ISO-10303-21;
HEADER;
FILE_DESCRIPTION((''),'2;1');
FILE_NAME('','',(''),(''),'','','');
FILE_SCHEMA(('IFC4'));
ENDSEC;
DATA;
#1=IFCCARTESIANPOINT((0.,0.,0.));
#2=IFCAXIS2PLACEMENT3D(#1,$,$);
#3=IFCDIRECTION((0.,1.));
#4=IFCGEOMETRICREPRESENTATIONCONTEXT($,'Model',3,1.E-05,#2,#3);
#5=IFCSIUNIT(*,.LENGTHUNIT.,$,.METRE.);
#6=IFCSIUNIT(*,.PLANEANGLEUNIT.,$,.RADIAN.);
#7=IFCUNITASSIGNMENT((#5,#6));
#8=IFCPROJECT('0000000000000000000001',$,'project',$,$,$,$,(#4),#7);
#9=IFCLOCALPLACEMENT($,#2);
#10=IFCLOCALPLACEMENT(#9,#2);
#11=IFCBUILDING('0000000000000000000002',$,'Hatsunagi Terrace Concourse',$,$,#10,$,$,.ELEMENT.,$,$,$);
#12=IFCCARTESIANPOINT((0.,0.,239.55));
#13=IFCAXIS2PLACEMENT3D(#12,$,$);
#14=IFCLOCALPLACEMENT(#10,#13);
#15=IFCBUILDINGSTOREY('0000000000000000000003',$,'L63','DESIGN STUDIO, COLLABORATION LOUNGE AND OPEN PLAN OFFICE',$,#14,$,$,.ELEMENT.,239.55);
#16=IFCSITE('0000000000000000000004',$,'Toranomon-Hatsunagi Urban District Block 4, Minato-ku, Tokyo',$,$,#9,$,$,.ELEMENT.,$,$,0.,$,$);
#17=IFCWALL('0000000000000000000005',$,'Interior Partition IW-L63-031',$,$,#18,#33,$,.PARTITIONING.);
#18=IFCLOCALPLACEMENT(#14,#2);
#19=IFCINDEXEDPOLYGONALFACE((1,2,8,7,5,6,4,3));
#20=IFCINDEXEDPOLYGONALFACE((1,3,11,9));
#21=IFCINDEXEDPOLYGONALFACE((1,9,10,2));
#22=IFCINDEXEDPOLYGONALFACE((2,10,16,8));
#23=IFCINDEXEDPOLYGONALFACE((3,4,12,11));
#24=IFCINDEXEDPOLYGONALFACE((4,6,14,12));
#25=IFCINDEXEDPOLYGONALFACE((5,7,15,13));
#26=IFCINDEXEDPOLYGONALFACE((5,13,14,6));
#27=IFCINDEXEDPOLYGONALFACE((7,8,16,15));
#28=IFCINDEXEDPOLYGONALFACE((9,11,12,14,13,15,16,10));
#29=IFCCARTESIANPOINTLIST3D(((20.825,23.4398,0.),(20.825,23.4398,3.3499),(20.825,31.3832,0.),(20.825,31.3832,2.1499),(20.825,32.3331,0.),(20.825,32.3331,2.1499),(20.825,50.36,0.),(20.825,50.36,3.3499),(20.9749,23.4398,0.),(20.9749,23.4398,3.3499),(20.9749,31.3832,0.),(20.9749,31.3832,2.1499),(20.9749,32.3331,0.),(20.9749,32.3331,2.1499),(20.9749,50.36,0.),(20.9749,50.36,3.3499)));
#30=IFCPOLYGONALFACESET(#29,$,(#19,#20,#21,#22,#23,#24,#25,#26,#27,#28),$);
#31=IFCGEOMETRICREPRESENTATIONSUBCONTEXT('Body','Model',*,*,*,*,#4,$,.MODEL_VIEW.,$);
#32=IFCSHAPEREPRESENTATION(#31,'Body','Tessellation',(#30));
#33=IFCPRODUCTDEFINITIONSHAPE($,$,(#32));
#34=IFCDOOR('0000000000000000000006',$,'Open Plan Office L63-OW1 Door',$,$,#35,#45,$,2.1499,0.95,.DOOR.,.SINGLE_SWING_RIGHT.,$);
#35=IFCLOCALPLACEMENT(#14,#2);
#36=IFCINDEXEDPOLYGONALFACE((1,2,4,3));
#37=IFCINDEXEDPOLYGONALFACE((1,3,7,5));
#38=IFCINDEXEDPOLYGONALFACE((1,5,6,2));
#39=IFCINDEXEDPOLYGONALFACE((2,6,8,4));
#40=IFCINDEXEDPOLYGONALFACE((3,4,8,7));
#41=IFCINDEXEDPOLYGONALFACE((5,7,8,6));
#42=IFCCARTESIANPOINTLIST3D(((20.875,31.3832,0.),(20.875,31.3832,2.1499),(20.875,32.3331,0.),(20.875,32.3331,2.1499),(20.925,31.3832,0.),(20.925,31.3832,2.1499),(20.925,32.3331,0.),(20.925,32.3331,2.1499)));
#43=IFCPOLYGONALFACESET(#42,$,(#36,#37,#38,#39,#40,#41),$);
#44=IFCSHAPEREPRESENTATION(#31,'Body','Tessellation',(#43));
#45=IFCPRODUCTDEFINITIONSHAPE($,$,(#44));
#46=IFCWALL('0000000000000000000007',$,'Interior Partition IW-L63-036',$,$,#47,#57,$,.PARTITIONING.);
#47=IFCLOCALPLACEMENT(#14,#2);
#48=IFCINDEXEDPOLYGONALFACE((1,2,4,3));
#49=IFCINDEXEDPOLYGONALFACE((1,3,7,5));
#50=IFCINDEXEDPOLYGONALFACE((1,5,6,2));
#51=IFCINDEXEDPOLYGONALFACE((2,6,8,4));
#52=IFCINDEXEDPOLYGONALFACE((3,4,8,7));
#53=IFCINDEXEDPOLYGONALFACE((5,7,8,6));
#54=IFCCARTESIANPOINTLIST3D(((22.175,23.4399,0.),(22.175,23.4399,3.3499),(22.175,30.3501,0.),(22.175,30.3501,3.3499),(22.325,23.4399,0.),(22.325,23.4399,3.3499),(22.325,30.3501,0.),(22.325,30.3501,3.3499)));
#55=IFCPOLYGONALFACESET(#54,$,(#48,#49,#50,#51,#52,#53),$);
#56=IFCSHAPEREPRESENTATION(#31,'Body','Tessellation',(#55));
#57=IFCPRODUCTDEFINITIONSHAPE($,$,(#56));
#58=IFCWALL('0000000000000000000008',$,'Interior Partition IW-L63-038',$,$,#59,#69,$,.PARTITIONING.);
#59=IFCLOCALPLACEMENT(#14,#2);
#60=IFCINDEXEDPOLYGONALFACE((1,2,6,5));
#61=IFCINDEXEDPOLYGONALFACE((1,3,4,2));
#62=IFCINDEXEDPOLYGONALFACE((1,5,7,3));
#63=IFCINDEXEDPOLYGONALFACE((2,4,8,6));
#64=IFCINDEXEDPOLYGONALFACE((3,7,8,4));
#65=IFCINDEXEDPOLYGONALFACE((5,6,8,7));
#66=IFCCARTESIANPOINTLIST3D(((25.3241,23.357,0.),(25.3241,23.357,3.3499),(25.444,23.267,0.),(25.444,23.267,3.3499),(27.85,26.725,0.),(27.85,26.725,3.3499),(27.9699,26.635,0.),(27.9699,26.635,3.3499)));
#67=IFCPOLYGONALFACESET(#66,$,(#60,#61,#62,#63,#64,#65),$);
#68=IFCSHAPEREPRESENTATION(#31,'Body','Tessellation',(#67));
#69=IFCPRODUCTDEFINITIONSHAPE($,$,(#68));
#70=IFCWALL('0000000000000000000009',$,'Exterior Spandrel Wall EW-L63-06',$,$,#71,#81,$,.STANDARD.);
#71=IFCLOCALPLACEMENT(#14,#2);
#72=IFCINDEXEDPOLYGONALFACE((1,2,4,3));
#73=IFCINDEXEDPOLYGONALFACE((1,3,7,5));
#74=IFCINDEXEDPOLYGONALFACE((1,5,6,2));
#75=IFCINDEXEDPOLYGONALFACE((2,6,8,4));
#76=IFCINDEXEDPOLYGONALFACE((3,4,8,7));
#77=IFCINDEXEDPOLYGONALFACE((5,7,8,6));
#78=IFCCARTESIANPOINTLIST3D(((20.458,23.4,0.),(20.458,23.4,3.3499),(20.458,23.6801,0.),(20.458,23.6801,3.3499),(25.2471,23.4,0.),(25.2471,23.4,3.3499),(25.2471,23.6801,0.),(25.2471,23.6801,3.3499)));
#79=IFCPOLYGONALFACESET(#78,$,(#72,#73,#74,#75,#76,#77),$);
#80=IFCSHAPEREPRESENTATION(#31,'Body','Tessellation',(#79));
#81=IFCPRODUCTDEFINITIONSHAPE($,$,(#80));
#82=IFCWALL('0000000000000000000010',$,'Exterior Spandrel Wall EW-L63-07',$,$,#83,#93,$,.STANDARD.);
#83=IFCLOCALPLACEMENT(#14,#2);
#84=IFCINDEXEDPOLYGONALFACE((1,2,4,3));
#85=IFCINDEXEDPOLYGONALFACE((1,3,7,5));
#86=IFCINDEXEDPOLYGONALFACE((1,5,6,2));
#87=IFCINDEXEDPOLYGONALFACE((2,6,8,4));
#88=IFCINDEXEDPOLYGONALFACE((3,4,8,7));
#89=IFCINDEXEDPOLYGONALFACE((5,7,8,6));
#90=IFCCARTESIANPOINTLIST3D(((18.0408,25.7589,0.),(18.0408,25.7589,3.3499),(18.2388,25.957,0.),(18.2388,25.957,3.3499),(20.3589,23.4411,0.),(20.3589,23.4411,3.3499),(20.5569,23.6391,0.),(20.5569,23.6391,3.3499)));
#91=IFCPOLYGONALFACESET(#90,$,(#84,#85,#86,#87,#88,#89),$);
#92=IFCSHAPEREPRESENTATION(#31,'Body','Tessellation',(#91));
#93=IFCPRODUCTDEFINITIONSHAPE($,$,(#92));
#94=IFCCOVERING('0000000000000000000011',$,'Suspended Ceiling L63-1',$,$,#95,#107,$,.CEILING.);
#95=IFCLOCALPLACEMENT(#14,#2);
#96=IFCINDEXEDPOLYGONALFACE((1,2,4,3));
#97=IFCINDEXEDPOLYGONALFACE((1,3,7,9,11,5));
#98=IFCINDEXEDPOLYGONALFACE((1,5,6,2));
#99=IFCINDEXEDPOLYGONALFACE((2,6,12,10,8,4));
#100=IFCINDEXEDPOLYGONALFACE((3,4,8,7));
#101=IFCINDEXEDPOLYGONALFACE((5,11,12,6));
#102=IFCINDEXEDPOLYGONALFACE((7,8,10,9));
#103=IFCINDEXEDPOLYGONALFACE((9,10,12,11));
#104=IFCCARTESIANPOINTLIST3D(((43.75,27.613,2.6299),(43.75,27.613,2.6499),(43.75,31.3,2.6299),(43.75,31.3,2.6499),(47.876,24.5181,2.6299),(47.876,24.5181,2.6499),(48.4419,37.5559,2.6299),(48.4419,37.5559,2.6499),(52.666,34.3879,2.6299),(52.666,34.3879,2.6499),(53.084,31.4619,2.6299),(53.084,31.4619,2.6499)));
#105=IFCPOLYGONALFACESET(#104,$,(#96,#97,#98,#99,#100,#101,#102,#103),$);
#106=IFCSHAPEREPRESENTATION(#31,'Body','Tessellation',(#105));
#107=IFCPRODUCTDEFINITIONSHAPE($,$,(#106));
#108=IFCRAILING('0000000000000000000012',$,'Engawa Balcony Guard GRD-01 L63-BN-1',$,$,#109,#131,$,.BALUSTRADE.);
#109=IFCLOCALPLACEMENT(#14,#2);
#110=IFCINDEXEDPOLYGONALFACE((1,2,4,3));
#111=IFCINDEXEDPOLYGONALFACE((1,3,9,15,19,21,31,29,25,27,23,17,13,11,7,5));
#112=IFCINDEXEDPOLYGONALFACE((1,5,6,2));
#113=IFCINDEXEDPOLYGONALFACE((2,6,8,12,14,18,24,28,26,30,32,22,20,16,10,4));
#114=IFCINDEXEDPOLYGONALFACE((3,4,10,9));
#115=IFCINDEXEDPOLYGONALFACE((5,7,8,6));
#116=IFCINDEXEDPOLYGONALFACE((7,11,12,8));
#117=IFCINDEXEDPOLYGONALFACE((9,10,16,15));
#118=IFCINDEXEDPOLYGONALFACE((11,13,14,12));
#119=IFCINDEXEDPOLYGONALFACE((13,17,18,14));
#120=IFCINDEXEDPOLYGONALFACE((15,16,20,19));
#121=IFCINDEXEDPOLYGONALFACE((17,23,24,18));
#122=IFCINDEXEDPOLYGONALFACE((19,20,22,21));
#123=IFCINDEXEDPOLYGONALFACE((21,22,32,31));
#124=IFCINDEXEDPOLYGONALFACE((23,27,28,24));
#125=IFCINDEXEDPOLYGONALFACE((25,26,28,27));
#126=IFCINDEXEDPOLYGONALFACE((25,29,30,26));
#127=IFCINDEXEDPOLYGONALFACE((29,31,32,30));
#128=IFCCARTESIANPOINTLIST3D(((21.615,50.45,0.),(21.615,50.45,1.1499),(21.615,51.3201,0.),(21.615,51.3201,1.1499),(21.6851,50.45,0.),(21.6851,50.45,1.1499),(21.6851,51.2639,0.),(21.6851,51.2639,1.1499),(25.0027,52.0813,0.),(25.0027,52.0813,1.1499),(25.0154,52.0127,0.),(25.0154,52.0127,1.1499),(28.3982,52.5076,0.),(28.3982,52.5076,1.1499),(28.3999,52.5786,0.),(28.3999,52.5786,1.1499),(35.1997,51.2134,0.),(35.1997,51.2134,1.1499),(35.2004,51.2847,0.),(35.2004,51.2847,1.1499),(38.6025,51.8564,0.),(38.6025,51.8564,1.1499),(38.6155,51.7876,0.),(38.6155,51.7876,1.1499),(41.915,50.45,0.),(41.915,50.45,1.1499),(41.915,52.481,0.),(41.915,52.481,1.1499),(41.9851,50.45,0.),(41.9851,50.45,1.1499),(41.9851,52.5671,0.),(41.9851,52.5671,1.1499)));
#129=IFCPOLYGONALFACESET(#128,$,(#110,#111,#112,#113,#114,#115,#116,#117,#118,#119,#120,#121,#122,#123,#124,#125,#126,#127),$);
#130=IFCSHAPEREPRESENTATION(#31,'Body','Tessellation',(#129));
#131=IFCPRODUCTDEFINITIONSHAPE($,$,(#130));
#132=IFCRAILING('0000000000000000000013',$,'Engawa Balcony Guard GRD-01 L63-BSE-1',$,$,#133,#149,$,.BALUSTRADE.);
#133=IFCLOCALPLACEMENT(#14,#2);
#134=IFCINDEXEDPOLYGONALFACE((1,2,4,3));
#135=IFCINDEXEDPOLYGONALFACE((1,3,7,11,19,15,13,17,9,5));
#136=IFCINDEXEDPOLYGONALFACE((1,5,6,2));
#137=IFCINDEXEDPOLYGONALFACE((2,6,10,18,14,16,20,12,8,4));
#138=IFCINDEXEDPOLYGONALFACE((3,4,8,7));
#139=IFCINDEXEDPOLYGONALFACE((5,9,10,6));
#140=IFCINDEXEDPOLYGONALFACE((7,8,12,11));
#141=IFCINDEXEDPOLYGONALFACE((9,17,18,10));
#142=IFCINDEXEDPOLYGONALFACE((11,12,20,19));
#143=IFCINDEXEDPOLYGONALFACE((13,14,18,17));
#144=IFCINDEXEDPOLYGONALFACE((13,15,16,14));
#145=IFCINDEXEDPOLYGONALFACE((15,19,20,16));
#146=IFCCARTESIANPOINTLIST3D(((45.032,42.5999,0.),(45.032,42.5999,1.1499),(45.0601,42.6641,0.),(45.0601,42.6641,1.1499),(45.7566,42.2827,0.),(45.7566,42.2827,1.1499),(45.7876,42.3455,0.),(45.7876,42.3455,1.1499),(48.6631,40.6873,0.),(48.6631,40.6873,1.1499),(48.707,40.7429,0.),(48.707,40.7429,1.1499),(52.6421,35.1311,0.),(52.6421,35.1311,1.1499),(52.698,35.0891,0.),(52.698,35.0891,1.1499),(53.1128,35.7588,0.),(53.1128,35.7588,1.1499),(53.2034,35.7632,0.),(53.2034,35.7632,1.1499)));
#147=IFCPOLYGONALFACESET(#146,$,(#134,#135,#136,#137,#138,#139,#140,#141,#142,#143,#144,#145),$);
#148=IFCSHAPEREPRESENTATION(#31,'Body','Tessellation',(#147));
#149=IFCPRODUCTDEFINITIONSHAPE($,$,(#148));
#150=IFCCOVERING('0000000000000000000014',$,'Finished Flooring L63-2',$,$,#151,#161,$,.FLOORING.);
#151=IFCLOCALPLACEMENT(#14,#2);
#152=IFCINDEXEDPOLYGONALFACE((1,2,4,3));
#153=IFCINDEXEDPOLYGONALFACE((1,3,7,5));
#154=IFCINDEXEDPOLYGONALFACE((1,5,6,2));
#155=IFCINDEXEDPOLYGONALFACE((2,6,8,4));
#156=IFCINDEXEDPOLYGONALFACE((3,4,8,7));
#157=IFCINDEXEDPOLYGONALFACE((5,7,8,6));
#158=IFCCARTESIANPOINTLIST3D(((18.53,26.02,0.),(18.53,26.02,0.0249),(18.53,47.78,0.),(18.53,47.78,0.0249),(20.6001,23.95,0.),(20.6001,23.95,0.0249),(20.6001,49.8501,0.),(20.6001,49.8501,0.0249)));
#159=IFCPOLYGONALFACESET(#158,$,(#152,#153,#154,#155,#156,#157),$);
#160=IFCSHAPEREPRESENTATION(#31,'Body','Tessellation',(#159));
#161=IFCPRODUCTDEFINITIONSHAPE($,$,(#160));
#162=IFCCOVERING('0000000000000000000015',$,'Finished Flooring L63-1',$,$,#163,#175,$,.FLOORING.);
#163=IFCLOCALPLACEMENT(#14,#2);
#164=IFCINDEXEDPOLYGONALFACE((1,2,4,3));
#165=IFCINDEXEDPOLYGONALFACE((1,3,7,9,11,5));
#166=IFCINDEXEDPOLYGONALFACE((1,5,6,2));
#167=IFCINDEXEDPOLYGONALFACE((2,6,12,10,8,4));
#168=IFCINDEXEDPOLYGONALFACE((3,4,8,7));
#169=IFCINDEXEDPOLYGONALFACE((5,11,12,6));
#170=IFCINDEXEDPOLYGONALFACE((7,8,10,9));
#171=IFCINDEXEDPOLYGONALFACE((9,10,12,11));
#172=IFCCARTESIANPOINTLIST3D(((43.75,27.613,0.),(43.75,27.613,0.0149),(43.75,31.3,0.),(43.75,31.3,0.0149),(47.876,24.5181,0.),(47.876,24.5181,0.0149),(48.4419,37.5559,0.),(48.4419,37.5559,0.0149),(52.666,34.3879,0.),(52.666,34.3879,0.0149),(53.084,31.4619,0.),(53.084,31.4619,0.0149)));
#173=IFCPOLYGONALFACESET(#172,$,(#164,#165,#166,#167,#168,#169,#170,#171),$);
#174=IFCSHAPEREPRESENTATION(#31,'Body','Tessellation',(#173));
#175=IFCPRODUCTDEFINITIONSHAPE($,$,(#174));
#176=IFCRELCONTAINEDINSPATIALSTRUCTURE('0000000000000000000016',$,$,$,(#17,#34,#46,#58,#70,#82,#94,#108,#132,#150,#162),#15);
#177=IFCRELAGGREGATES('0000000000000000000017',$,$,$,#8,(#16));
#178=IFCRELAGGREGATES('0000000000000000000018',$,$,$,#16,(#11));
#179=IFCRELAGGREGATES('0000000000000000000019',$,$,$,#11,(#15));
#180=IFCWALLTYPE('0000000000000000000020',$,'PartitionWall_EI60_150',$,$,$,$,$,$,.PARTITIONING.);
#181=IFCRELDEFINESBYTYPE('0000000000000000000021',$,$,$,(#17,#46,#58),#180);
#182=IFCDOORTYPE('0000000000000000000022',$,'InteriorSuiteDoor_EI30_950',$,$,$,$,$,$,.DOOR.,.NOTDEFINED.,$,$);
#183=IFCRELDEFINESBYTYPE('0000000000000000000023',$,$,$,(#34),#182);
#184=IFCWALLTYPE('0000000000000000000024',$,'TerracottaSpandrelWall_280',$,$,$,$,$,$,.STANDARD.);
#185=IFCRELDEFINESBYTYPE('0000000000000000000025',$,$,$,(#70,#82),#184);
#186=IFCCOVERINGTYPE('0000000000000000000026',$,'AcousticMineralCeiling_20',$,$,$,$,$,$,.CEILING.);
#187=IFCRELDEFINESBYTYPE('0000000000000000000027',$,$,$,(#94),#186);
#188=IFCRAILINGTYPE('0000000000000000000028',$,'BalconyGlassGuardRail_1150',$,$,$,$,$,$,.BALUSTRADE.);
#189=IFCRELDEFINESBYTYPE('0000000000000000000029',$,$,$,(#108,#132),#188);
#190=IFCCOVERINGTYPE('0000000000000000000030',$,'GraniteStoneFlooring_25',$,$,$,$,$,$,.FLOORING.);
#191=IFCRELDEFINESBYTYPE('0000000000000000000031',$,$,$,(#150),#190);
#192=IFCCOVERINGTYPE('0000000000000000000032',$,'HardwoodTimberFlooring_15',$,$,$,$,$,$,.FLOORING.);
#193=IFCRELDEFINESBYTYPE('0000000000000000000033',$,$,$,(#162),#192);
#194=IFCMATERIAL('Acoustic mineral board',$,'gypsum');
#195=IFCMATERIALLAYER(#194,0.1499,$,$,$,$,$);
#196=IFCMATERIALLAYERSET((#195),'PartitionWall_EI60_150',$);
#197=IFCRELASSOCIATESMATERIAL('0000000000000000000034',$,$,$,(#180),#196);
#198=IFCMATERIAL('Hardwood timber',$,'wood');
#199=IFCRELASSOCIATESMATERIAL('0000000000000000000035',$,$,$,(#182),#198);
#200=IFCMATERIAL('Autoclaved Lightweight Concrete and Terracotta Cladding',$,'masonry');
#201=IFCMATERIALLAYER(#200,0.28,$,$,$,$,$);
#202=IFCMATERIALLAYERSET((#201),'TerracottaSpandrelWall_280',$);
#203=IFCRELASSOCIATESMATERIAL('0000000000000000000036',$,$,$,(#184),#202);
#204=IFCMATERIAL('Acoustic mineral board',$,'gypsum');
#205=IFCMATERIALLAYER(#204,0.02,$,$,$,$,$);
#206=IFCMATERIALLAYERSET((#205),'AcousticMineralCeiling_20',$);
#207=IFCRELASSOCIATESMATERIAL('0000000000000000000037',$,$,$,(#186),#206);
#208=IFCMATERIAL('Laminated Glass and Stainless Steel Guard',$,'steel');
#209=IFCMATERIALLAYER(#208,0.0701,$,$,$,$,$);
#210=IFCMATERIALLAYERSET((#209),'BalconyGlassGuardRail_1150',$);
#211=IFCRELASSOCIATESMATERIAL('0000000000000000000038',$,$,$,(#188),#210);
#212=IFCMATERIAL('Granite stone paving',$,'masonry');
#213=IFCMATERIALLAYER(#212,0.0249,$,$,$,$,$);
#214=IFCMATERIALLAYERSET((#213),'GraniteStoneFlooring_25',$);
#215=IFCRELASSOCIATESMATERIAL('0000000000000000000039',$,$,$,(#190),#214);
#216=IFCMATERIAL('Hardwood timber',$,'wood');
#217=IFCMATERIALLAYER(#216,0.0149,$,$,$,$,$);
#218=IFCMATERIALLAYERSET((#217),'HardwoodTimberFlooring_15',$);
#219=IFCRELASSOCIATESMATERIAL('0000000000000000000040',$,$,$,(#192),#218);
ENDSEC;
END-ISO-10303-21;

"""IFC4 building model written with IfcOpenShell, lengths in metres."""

from ifc_helpers import new_model, si_unit, direction, frame, frame_2d, origin, place, context, subcontext, project, spatial, polyline, rectangle, outline, extrude, material, layer, layer_set, type_object, element, fill, save


model = new_model("IFC4")

# Units and contexts
model_context = context("Model", 3, precision=1e-05, world=origin(), true_north=direction((0.0, 1.0)))
body_context = subcontext(model_context, "Body", "Model", "MODEL_VIEW")
ifc_project = project(units=[si_unit("LENGTHUNIT", "METRE"), si_unit("PLANEANGLEUNIT", "RADIAN")], contexts=[model_context])

# Site, building, storey
site_placement = place(None, origin())
site = spatial("IfcSite", under=ifc_project, at=site_placement, Name="Toranomon-Hatsunagi Urban District Block 4, Minato-ku, Tokyo", CompositionType="ELEMENT", RefElevation=0.0)
building_placement = place(site_placement, origin())
building = spatial("IfcBuilding", under=site, at=building_placement, Name="Hatsunagi Terrace Concourse", CompositionType="ELEMENT")
storey_placement = place(building_placement, frame((0.0, 0.0, 239.55)))
storey = spatial("IfcBuildingStorey", under=building, at=storey_placement, Name="L63", Description="DESIGN STUDIO, COLLABORATION LOUNGE AND OPEN PLAN OFFICE", CompositionType="ELEMENT", Elevation=239.55)

# Shared definitions
ifc_material_1 = material(Name="Acoustic mineral board", Category="gypsum")
ifc_layer_1 = layer(ifc_material_1, 0.1499)
ifc_layer_set_1 = layer_set([ifc_layer_1], Name="PartitionWall_EI60_150")
wall_type_1 = type_object("IfcWallType", Name="PartitionWall_EI60_150", PredefinedType="PARTITIONING", material=ifc_layer_set_1)

# Wall, opening, door
wall_1_placement = place(storey_placement, frame((20.8999, 23.4399, 0.0), z_axis=(0.0, 0.0, 1.0), x_axis=(0.0, 1.0, 0.0)))
wall_1 = element("IfcWall", 1, at=wall_1_placement, inside=storey, type_object=wall_type_1, Name="Interior Partition IW-L63-031", PredefinedType="PARTITIONING", context=body_context, shape_type="SweptSolid", body=[
    extrude(rectangle(XDim=26.9202, YDim=0.1499, at=frame_2d((13.46, 0.0))), origin(), (0.0, 0.0, 1.0), 3.3499),
])
opening_placement = place(wall_1_placement, frame((7.9431, 0.0, 0.0)))
opening = element("IfcOpeningElement", 2, at=opening_placement, cuts=wall_1, PredefinedType="OPENING", context=body_context, shape_type="SweptSolid", body=[
    extrude(rectangle(XDim=0.95, YDim=2.1499, at=frame_2d((0.4751, 1.075))), frame((0.0, 0.085, 0.0), z_axis=(0.0, -1.0, 0.0), x_axis=(1.0, 0.0, 0.0)), (0.0, 0.0, 1.0), 0.1699),
])
ifc_material_2 = material(Name="Hardwood timber", Category="wood")
door_type = type_object("IfcDoorType", Name="InteriorSuiteDoor_EI30_950", OperationType="NOTDEFINED", PredefinedType="DOOR", material=ifc_material_2)
door_placement = place(opening_placement, origin())
door = element("IfcDoor", 3, at=door_placement, inside=storey, type_object=door_type, Name="Open Plan Office L63-OW1 Door", OperationType="SINGLE_SWING_RIGHT", OverallHeight=2.1499, OverallWidth=0.95, PredefinedType="DOOR", context=body_context, shape_type="SweptSolid", body=[
    extrude(rectangle(XDim=0.95, YDim=2.1499, at=frame_2d((0.4751, 1.075))), frame((0.0, 0.0249, 0.0), z_axis=(0.0, -1.0, 0.0), x_axis=(1.0, 0.0, 0.0)), (0.0, 0.0, 1.0), 0.05),
])
fill(opening, door)

# Walls
wall_2_placement = place(storey_placement, frame((22.25, 23.4399, 0.0), z_axis=(0.0, 0.0, 1.0), x_axis=(0.0, 1.0, 0.0)))
element("IfcWall", 4, at=wall_2_placement, inside=storey, type_object=wall_type_1, Name="Interior Partition IW-L63-036", PredefinedType="PARTITIONING", context=body_context, shape_type="SweptSolid", body=[
    extrude(rectangle(XDim=6.9102, YDim=0.1499, at=frame_2d((3.4551, 0.0))), origin(), (0.0, 0.0, 1.0), 3.3499),
])
wall_3_placement = place(storey_placement, frame((25.384, 23.312, 0.0), z_axis=(0.0, 0.0, 1.0), x_axis=(0.599991, 0.800007, 0.0)))
element("IfcWall", 5, at=wall_3_placement, inside=storey, type_object=wall_type_1, Name="Interior Partition IW-L63-038", PredefinedType="PARTITIONING", context=body_context, shape_type="SweptSolid", body=[
    extrude(rectangle(XDim=4.21, YDim=0.1499, at=frame_2d((2.105, 0.0))), origin(), (0.0, 0.0, 1.0), 3.3499),
])
ifc_material_3 = material(Name="Autoclaved Lightweight Concrete and Terracotta Cladding", Category="masonry")
ifc_layer_2 = layer(ifc_material_3, 0.28)
ifc_layer_set_2 = layer_set([ifc_layer_2], Name="TerracottaSpandrelWall_280")
wall_type_2 = type_object("IfcWallType", Name="TerracottaSpandrelWall_280", PredefinedType="STANDARD", material=ifc_layer_set_2)
wall_4_placement = place(storey_placement, frame((25.2471, 23.54, 0.0), z_axis=(0.0, 0.0, 1.0), x_axis=(-1.0, 0.0, 0.0)))
element("IfcWall", 6, at=wall_4_placement, inside=storey, type_object=wall_type_2, Name="Exterior Spandrel Wall EW-L63-06", PredefinedType="STANDARD", context=body_context, shape_type="SweptSolid", body=[
    extrude(rectangle(XDim=4.7891, YDim=0.28, at=frame_2d((2.3945, 0.0))), origin(), (0.0, 0.0, 1.0), 3.3499),
])
wall_5_placement = place(storey_placement, frame((20.458, 23.54, 0.0), z_axis=(0.0, 0.0, 1.0), x_axis=(-0.707144, 0.70707, 0.0)))
element("IfcWall", 7, at=wall_5_placement, inside=storey, type_object=wall_type_2, Name="Exterior Spandrel Wall EW-L63-07", PredefinedType="STANDARD", context=body_context, shape_type="SweptSolid", body=[
    extrude(rectangle(XDim=3.2781, YDim=0.28, at=frame_2d((1.6392, 0.0))), origin(), (0.0, 0.0, 1.0), 3.3499),
])

# Covering
ifc_material_4 = material(Name="Acoustic mineral board", Category="gypsum")
ifc_layer_3 = layer(ifc_material_4, 0.02)
ifc_layer_set_3 = layer_set([ifc_layer_3], Name="AcousticMineralCeiling_20")
covering_type_1 = type_object("IfcCoveringType", Name="AcousticMineralCeiling_20", PredefinedType="CEILING", material=ifc_layer_set_3)
covering_1_placement = place(storey_placement, frame((0.0, 0.0, 2.6299)))
element("IfcCovering", 8, at=covering_1_placement, inside=storey, type_object=covering_type_1, Name="Suspended Ceiling L63-1", PredefinedType="CEILING", context=body_context, shape_type="SweptSolid", body=[
    extrude(outline(polyline([(52.666, 34.3879), (48.4419, 37.5559), (43.75, 31.3), (43.75, 27.613), (47.876, 24.5181), (53.084, 31.4619), (52.666, 34.3879)])), origin(), (0.0, 0.0, 1.0), 0.02),
])

# Railings
ifc_material_5 = material(Name="Laminated Glass and Stainless Steel Guard", Category="steel")
ifc_layer_4 = layer(ifc_material_5, 0.0701)
ifc_layer_set_4 = layer_set([ifc_layer_4], Name="BalconyGlassGuardRail_1150")
railing_type = type_object("IfcRailingType", Name="BalconyGlassGuardRail_1150", PredefinedType="BALUSTRADE", material=ifc_layer_set_4)
railing_1_placement = place(storey_placement, origin())
element("IfcRailing", 9, at=railing_1_placement, inside=storey, type_object=railing_type, Name="Engawa Balcony Guard GRD-01 L63-BN-1", PredefinedType="BALUSTRADE", context=body_context, shape_type="SweptSolid", body=[
    extrude(outline(polyline([(21.615, 50.45), (21.6851, 50.45), (21.6851, 51.2639), (25.0154, 52.0127), (28.3982, 52.5076), (35.1997, 51.2134), (38.6155, 51.7876), (41.915, 52.481), (41.915, 50.45), (41.9851, 50.45), (41.9851, 52.5671), (38.6025, 51.8564), (35.2004, 51.2847), (28.3999, 52.5786), (25.0027, 52.0813), (21.615, 51.3201), (21.615, 50.45)])), origin(), (0.0, 0.0, 1.0), 1.1499),
])
railing_2_placement = place(storey_placement, origin())
element("IfcRailing", 10, at=railing_2_placement, inside=storey, type_object=railing_type, Name="Engawa Balcony Guard GRD-01 L63-BSE-1", PredefinedType="BALUSTRADE", context=body_context, shape_type="SweptSolid", body=[
    extrude(outline(polyline([(45.0601, 42.6641), (45.032, 42.5999), (45.7566, 42.2827), (48.6631, 40.6873), (53.1128, 35.7588), (52.6421, 35.1311), (52.698, 35.0891), (53.2034, 35.7632), (48.707, 40.7429), (45.7876, 42.3455), (45.0601, 42.6641)])), origin(), (0.0, 0.0, 1.0), 1.1499),
])

# Coverings
ifc_material_6 = material(Name="Granite stone paving", Category="masonry")
ifc_layer_5 = layer(ifc_material_6, 0.0249)
ifc_layer_set_5 = layer_set([ifc_layer_5], Name="GraniteStoneFlooring_25")
covering_type_2 = type_object("IfcCoveringType", Name="GraniteStoneFlooring_25", PredefinedType="FLOORING", material=ifc_layer_set_5)
covering_2_placement = place(storey_placement, origin())
element("IfcCovering", 11, at=covering_2_placement, inside=storey, type_object=covering_type_2, Name="Finished Flooring L63-2", PredefinedType="FLOORING", context=body_context, shape_type="SweptSolid", body=[
    extrude(outline(polyline([(18.53, 26.02), (20.6001, 23.95), (20.6001, 49.8501), (18.53, 47.78), (18.53, 26.02)])), origin(), (0.0, 0.0, 1.0), 0.0249),
])
ifc_material_7 = material(Name="Hardwood timber", Category="wood")
ifc_layer_6 = layer(ifc_material_7, 0.0149)
ifc_layer_set_6 = layer_set([ifc_layer_6], Name="HardwoodTimberFlooring_15")
covering_type_3 = type_object("IfcCoveringType", Name="HardwoodTimberFlooring_15", PredefinedType="FLOORING", material=ifc_layer_set_6)
covering_3_placement = place(storey_placement, origin())
element("IfcCovering", 12, at=covering_3_placement, inside=storey, type_object=covering_type_3, Name="Finished Flooring L63-1", PredefinedType="FLOORING", context=body_context, shape_type="SweptSolid", body=[
    extrude(outline(polyline([(52.666, 34.3879), (48.4419, 37.5559), (43.75, 31.3), (43.75, 27.613), (47.876, 24.5181), (53.084, 31.4619), (52.666, 34.3879)])), origin(), (0.0, 0.0, 1.0), 0.0149),
])

save(model, "model.ifc")
